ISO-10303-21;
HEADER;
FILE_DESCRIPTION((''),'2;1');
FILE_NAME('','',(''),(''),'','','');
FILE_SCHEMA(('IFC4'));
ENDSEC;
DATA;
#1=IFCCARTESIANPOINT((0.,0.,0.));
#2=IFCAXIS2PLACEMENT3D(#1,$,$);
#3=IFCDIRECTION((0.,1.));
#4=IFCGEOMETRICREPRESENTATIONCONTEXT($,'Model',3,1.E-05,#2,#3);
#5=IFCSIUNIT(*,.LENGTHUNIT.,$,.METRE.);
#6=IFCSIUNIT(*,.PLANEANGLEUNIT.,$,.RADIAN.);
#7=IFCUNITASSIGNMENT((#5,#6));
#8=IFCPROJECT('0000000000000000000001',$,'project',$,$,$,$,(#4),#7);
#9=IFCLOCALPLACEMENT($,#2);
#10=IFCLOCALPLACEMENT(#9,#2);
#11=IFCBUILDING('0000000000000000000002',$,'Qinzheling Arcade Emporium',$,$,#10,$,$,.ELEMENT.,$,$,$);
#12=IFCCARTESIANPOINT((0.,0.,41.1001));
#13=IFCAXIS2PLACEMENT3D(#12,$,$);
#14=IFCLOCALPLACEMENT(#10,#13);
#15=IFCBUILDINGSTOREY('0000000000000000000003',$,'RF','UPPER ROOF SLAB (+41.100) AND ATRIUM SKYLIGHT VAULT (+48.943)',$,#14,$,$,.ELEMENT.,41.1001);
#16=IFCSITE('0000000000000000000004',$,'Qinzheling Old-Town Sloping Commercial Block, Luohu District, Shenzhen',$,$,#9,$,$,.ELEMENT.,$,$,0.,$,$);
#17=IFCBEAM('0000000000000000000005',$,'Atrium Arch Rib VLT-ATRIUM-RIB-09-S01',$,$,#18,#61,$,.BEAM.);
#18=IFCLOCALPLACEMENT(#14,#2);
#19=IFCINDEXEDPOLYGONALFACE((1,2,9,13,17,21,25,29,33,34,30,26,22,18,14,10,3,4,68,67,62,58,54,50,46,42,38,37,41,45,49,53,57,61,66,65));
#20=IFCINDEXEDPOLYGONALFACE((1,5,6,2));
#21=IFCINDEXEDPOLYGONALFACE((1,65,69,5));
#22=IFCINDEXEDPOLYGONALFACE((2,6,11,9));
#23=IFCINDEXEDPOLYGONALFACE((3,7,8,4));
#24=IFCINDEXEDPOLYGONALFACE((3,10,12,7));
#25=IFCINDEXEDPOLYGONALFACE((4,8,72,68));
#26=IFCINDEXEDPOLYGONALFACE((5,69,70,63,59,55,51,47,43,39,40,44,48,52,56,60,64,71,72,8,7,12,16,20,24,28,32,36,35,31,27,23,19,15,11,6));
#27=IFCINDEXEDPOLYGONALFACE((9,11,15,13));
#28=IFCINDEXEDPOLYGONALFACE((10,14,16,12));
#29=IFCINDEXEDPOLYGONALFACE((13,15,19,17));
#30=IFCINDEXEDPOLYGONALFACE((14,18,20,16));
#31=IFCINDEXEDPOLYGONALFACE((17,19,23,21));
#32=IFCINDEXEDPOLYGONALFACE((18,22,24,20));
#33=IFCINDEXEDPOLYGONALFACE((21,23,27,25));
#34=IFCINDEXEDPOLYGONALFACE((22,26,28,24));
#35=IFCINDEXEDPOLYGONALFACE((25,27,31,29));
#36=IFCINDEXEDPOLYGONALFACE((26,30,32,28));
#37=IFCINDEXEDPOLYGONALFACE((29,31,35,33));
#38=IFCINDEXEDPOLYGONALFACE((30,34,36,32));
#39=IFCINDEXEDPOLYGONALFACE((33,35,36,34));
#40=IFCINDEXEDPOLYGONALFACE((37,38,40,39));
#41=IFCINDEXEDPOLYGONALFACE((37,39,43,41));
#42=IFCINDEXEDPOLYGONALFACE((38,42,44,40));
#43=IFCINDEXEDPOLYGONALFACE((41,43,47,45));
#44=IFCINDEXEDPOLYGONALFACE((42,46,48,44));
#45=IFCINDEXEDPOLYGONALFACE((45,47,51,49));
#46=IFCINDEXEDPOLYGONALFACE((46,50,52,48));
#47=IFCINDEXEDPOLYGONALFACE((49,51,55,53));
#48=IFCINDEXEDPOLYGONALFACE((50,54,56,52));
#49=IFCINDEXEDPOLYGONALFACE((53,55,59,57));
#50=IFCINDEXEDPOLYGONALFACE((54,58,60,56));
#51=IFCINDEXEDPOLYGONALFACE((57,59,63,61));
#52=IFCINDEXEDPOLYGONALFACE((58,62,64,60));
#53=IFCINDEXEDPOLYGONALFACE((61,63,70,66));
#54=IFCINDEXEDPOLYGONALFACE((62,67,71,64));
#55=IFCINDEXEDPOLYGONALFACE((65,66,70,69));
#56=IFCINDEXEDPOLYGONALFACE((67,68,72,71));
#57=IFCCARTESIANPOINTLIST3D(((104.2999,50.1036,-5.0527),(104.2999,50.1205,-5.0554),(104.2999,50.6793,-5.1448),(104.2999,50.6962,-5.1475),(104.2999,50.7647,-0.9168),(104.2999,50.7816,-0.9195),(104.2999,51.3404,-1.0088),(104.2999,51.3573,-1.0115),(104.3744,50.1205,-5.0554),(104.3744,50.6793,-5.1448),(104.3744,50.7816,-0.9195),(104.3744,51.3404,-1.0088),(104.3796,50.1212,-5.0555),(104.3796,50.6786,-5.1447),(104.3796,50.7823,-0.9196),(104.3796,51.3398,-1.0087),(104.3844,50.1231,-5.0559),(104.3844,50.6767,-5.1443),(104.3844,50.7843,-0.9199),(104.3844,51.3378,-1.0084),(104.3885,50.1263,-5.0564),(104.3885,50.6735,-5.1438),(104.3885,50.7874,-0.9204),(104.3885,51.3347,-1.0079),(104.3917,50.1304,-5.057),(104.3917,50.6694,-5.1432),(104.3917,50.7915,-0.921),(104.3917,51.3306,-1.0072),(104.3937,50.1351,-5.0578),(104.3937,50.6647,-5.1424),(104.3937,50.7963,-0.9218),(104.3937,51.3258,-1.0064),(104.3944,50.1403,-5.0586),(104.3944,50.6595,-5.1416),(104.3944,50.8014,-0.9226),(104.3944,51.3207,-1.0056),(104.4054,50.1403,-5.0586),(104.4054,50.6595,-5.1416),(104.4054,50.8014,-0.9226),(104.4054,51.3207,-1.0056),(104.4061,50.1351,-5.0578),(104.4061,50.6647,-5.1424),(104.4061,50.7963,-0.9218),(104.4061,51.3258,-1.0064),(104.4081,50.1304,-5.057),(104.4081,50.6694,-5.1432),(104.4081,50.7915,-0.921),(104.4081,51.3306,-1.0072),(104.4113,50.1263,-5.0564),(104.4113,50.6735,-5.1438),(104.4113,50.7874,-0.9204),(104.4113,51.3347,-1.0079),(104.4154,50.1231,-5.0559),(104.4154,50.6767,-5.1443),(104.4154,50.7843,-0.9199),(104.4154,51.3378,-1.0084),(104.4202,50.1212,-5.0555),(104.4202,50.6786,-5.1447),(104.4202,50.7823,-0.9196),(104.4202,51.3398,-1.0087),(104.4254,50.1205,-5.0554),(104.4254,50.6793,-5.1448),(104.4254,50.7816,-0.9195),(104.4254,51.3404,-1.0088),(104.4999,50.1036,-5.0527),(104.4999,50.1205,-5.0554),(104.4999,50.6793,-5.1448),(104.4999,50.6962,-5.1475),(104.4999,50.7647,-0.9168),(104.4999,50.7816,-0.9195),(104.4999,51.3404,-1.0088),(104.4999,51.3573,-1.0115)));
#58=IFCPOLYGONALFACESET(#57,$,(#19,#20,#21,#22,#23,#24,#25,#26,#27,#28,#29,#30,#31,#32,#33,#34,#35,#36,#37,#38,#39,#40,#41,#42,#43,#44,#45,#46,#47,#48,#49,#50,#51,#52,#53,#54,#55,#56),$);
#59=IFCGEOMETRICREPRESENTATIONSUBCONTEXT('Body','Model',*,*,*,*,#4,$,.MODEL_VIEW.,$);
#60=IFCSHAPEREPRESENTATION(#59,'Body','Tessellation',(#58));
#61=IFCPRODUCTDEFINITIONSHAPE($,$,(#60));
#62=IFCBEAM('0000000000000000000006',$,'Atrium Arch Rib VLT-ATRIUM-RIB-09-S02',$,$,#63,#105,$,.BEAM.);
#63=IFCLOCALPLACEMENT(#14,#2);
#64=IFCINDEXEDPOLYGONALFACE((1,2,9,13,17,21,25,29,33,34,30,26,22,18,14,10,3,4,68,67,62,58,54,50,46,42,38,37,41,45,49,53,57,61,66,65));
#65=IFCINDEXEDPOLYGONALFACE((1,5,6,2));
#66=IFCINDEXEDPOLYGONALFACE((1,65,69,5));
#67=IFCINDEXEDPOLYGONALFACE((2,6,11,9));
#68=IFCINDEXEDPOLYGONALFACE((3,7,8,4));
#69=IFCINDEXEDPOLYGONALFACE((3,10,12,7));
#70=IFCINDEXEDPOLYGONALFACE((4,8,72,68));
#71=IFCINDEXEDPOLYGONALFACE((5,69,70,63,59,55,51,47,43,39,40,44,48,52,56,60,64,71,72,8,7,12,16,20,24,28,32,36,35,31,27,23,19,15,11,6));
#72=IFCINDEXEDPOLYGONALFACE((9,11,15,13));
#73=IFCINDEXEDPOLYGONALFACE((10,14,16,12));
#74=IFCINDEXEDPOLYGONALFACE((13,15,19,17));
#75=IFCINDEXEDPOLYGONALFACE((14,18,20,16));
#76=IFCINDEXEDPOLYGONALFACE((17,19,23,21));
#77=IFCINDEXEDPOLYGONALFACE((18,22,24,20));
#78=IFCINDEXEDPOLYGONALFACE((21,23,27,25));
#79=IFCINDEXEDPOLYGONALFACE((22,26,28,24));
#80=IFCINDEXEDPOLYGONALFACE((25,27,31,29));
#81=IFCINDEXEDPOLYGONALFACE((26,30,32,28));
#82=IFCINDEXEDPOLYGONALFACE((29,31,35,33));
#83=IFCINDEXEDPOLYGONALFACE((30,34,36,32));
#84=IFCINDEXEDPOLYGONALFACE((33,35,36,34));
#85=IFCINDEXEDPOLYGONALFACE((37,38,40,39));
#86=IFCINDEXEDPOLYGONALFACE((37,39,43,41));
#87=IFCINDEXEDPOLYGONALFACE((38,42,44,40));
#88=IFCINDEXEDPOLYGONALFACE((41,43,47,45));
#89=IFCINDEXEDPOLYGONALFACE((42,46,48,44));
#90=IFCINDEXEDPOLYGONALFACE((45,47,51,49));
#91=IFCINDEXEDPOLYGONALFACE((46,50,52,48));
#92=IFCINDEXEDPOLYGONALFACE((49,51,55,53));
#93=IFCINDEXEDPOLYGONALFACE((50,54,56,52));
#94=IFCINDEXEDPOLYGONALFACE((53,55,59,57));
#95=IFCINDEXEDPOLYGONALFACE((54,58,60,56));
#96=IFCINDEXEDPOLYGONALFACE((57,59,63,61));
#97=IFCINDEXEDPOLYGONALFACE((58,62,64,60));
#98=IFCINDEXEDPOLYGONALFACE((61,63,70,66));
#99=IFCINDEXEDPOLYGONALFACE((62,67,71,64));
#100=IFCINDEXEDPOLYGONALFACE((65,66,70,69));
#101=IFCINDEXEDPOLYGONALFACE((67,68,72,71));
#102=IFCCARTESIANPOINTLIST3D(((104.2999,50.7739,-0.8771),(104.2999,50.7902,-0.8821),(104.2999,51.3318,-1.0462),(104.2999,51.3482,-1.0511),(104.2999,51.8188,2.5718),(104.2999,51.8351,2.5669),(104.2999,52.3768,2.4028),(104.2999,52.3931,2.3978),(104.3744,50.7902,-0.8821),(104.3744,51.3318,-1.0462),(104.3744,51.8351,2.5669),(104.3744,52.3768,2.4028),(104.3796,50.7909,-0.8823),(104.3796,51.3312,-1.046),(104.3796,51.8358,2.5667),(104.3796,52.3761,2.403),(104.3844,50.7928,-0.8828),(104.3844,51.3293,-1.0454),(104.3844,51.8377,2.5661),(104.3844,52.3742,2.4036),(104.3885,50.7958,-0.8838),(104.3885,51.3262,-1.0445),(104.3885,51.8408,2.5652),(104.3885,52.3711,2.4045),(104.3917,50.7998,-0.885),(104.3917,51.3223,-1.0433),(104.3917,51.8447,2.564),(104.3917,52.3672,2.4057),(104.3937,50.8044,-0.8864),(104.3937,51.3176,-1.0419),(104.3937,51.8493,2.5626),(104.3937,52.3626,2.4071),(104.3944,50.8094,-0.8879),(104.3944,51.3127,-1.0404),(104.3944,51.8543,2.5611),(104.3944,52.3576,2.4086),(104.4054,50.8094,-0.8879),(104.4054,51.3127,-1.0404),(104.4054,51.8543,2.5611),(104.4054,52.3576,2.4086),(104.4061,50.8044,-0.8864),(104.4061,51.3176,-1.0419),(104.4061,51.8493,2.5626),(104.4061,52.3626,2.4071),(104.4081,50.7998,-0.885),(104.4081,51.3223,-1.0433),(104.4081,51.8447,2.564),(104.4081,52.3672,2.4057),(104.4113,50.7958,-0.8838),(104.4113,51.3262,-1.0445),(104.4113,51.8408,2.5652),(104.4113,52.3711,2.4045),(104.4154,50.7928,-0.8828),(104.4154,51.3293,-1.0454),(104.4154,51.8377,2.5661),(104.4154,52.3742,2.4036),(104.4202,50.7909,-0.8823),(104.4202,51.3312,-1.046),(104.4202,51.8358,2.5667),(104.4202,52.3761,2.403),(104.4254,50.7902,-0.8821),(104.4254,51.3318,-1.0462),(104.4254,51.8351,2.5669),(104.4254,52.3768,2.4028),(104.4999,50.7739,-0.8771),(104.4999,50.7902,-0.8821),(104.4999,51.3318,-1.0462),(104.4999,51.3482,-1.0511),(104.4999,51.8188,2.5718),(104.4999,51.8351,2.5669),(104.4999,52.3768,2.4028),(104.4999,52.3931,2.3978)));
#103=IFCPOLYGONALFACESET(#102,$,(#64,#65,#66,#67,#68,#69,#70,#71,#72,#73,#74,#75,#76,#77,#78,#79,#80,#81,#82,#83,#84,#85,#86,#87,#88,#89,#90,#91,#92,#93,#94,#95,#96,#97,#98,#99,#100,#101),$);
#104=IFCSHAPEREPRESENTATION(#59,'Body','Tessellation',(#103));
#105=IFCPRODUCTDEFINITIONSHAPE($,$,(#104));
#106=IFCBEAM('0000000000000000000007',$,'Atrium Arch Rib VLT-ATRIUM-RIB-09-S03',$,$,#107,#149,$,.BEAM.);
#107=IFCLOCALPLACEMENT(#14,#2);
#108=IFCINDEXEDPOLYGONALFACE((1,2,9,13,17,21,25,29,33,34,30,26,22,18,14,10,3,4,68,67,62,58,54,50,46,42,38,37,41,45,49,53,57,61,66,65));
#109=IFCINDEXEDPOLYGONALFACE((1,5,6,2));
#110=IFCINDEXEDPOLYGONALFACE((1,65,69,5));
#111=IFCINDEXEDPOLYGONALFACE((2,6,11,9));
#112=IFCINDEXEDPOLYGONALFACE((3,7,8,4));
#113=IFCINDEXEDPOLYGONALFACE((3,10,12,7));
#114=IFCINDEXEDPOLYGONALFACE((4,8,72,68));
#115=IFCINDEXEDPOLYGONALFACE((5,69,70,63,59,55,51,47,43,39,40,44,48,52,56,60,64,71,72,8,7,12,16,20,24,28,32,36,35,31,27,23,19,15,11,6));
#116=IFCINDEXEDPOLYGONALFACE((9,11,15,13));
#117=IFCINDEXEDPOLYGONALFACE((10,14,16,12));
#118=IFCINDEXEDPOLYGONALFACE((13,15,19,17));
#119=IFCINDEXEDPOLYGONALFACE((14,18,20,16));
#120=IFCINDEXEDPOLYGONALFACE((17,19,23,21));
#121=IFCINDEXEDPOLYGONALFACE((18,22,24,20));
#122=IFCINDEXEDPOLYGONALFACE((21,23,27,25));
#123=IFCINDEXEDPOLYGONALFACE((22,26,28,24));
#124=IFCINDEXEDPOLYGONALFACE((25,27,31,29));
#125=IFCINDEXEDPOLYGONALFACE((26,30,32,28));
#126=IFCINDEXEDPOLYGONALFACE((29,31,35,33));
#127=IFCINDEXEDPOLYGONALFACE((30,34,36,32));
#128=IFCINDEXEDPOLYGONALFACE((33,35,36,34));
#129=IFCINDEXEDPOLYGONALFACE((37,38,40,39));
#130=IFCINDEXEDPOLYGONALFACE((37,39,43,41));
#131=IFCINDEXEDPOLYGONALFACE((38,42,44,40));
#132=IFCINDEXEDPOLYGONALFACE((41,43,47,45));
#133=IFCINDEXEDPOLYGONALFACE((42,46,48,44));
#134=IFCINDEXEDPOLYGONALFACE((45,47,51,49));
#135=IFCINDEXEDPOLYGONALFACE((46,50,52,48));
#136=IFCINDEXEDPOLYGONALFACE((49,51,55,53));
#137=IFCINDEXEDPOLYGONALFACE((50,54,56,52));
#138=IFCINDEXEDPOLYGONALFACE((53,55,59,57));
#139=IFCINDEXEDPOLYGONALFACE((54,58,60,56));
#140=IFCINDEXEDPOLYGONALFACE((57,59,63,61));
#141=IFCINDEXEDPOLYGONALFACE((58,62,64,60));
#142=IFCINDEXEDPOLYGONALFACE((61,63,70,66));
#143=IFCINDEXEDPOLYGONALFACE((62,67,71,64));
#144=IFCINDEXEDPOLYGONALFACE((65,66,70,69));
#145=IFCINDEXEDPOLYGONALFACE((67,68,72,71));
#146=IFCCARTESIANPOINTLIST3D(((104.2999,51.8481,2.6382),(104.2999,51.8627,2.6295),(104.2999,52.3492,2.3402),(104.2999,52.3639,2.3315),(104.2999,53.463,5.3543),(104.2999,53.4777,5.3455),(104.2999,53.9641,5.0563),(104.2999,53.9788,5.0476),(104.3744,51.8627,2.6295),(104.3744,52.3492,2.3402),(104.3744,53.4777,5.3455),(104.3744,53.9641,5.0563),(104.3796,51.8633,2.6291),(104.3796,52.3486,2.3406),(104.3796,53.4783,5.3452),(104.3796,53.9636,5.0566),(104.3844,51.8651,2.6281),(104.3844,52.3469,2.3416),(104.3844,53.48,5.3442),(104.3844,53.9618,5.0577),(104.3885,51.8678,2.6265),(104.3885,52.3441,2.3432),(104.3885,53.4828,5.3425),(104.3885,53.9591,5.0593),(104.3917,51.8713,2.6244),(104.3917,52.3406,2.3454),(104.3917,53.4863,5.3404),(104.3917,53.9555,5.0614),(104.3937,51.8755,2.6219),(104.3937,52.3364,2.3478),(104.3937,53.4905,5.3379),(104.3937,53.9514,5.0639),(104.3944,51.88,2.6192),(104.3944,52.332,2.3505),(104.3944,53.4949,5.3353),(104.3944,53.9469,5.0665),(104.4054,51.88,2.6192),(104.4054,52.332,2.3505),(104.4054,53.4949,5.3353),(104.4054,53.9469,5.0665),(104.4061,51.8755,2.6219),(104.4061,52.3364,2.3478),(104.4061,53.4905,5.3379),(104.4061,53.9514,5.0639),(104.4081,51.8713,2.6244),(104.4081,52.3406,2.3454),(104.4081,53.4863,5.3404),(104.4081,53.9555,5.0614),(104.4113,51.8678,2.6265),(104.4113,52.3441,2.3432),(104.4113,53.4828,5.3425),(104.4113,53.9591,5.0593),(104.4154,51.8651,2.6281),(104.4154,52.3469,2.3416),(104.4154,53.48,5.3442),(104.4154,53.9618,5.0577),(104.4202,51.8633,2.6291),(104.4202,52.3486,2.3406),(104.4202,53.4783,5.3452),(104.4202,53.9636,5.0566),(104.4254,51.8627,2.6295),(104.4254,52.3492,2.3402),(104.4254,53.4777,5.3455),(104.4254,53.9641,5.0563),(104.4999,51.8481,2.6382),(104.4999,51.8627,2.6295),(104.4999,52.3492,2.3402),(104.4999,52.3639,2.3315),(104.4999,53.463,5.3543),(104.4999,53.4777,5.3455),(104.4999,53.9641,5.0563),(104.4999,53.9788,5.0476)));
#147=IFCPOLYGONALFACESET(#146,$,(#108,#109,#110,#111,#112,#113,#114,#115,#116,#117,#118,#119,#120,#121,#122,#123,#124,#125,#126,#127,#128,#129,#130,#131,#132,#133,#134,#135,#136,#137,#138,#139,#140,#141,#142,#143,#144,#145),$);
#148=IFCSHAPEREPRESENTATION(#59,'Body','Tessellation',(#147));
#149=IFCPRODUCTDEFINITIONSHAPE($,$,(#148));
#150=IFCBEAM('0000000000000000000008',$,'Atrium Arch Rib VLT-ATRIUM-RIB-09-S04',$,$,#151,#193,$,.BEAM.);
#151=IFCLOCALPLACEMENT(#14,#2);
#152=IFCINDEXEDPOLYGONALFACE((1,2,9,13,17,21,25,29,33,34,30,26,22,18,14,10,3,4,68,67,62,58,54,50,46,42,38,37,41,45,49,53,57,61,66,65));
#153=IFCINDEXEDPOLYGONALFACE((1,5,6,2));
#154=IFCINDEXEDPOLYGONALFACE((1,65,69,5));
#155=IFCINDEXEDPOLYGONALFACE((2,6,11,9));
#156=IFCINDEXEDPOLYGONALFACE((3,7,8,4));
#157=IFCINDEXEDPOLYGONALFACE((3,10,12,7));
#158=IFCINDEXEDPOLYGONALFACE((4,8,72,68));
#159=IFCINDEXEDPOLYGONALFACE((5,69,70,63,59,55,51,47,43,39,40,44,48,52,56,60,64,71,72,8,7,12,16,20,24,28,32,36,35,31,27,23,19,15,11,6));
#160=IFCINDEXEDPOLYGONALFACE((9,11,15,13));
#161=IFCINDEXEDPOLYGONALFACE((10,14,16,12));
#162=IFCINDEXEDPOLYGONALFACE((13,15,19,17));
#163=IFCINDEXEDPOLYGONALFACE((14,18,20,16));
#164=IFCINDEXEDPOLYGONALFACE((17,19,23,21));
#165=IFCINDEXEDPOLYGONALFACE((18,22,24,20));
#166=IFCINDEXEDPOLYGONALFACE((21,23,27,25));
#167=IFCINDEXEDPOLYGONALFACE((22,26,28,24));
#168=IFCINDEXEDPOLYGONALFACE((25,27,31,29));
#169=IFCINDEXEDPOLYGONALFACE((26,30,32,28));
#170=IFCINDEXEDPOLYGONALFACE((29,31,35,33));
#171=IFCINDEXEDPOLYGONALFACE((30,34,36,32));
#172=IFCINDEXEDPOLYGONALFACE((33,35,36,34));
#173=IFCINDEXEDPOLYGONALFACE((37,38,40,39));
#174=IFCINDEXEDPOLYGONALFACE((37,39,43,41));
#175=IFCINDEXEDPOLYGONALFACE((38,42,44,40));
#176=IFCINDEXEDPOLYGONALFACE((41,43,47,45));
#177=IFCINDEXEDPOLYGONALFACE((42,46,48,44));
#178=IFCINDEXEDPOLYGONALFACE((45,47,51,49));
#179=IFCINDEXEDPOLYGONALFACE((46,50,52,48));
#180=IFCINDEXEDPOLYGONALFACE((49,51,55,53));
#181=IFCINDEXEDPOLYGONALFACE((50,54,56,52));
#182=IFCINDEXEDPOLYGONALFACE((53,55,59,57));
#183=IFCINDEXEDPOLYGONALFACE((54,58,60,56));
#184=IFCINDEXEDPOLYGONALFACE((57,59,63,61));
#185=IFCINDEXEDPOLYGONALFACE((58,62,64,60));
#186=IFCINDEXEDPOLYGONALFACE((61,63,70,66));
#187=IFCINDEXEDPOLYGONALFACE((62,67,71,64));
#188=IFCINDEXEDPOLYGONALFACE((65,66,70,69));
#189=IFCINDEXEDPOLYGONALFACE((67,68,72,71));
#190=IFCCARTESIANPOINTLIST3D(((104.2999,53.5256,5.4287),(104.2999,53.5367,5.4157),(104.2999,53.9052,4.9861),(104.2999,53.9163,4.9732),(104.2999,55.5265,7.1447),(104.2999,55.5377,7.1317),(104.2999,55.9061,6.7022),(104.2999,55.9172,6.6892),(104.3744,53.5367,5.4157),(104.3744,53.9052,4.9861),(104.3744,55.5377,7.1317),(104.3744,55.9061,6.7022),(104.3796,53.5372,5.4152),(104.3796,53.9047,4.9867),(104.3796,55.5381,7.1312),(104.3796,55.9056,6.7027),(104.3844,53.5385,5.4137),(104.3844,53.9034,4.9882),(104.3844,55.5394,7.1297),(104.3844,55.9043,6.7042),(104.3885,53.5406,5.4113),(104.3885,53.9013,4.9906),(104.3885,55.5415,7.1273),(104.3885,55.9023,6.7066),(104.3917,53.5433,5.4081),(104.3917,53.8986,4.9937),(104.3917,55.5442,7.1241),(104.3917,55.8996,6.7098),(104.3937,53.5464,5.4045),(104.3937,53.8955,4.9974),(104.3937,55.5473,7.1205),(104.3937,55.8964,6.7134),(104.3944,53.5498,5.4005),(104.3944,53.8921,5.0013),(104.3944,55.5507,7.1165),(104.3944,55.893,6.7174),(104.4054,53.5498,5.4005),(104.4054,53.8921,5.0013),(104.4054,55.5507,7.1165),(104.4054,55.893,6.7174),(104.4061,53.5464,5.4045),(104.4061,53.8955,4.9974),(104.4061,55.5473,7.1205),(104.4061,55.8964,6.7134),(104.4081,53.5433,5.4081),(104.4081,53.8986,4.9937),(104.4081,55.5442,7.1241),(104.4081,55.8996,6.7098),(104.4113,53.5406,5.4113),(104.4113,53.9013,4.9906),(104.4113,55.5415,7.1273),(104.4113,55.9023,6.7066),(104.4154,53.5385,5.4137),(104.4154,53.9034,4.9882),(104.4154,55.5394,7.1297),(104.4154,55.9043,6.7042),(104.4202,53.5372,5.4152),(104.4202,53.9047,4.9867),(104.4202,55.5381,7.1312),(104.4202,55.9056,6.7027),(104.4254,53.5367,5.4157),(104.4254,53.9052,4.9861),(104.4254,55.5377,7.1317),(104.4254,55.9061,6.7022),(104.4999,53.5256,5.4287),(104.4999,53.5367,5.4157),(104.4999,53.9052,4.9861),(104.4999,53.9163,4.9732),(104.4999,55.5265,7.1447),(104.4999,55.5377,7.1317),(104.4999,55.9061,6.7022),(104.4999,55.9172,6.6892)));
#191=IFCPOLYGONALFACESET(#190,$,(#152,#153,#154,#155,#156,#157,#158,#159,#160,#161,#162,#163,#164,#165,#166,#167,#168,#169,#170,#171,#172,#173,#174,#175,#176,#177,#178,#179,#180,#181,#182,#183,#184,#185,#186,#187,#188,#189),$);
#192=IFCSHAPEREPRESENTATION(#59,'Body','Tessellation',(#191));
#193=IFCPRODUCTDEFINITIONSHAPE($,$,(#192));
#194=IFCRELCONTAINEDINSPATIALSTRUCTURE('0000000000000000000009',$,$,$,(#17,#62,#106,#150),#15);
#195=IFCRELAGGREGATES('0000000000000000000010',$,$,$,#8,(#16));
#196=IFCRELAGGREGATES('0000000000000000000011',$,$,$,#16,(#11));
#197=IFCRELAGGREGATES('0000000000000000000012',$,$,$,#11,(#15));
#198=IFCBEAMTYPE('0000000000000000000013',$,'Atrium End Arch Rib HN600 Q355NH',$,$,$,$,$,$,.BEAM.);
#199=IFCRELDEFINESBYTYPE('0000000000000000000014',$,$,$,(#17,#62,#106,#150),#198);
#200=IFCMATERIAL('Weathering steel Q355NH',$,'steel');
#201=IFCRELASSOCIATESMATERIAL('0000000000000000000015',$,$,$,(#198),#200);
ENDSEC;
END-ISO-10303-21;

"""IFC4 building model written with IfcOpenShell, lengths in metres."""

from ifc_helpers import new_model, si_unit, direction, frame, origin, origin_2d, place, context, subcontext, project, spatial, i_section, extrude, material, material_profile, profile_set, type_object, element, save


model = new_model("IFC4")

# Units and contexts
model_context = context("Model", 3, precision=1e-05, world=origin(), true_north=direction((0.0, 1.0)))
body_context = subcontext(model_context, "Body", "Model", "MODEL_VIEW")
ifc_project = project(units=[si_unit("LENGTHUNIT", "METRE"), si_unit("PLANEANGLEUNIT", "RADIAN")], contexts=[model_context])

# Site, building, storey
site_placement = place(None, origin())
site = spatial("IfcSite", under=ifc_project, at=site_placement, Name="Qinzheling Old-Town Sloping Commercial Block, Luohu District, Shenzhen", CompositionType="ELEMENT", RefElevation=0.0)
building_placement = place(site_placement, origin())
building = spatial("IfcBuilding", under=site, at=building_placement, Name="Qinzheling Arcade Emporium", CompositionType="ELEMENT")
storey_placement = place(building_placement, frame((0.0, 0.0, 41.1001)))
storey = spatial("IfcBuildingStorey", under=building, at=storey_placement, Name="RF", Description="UPPER ROOF SLAB (+41.100) AND ATRIUM SKYLIGHT VAULT (+48.943)", CompositionType="ELEMENT", Elevation=41.1001)

# Beams
ifc_material_1 = material(Name="Weathering steel Q355NH", Category="steel")
ifc_material_profile_1 = material_profile(ifc_material_1, i_section(OverallWidth=0.2, OverallDepth=0.6001, WebThickness=0.011, FlangeThickness=0.0171, FilletRadius=0.02, at=origin_2d()), Name="HN 600x200x11x17", Category="steel")
ifc_profile_set_1 = profile_set([ifc_material_profile_1], Name="Weathering steel Q355NH")
beam_type_1 = type_object("IfcBeamType", Name="Atrium End Arch Rib HN600 Q355NH", PredefinedType="BEAM", material=ifc_profile_set_1)
beam_1_placement = place(storey_placement, frame((104.3999, 50.3999, -5.1001), z_axis=(0.0, 0.157845, 0.987464), x_axis=(-1.0, 0.0, 0.0)))
element("IfcBeam", 1, at=beam_1_placement, inside=storey, type_object=beam_type_1, Name="Atrium Arch Rib VLT-ATRIUM-RIB-09-S01", PredefinedType="BEAM", context=body_context, shape_type="SweptSolid", body=[
    extrude(i_section(OverallWidth=0.2, OverallDepth=0.6001, WebThickness=0.011, FlangeThickness=0.0171, FilletRadius=0.02, at=origin_2d()), origin(), (0.0, 0.0, 1.0), 4.1885),
])
beam_2_placement = place(storey_placement, frame((104.3999, 51.061, -0.9641), z_axis=(0.0, 0.289951, 0.957041), x_axis=(-1.0, 0.0, 0.0)))
element("IfcBeam", 2, at=beam_2_placement, inside=storey, type_object=beam_type_1, Name="Atrium Arch Rib VLT-ATRIUM-RIB-09-S02", PredefinedType="BEAM", context=body_context, shape_type="SweptSolid", body=[
    extrude(i_section(OverallWidth=0.2, OverallDepth=0.6001, WebThickness=0.011, FlangeThickness=0.0171, FilletRadius=0.02, at=origin_2d()), origin(), (0.0, 0.0, 1.0), 3.6038),
])
beam_3_placement = place(storey_placement, frame((104.3999, 52.106, 2.4849), z_axis=(0.0, 0.511083, 0.859531), x_axis=(-1.0, 0.0, 0.0)))
element("IfcBeam", 3, at=beam_3_placement, inside=storey, type_object=beam_type_1, Name="Atrium Arch Rib VLT-ATRIUM-RIB-09-S03", PredefinedType="BEAM", context=body_context, shape_type="SweptSolid", body=[
    extrude(i_section(OverallWidth=0.2, OverallDepth=0.6001, WebThickness=0.011, FlangeThickness=0.0171, FilletRadius=0.02, at=origin_2d()), origin(), (0.0, 0.0, 1.0), 3.1599),
])
beam_4_placement = place(storey_placement, frame((104.3999, 53.7209, 5.2009), z_axis=(0.0, 0.75908, 0.650997), x_axis=(-1.0, 0.0, 0.0)))
element("IfcBeam", 4, at=beam_4_placement, inside=storey, type_object=beam_type_1, Name="Atrium Arch Rib VLT-ATRIUM-RIB-09-S04", PredefinedType="BEAM", context=body_context, shape_type="SweptSolid", body=[
    extrude(i_section(OverallWidth=0.2, OverallDepth=0.6001, WebThickness=0.011, FlangeThickness=0.0171, FilletRadius=0.02, at=origin_2d()), origin(), (0.0, 0.0, 1.0), 2.636),
])

save(model, "model.ifc")
